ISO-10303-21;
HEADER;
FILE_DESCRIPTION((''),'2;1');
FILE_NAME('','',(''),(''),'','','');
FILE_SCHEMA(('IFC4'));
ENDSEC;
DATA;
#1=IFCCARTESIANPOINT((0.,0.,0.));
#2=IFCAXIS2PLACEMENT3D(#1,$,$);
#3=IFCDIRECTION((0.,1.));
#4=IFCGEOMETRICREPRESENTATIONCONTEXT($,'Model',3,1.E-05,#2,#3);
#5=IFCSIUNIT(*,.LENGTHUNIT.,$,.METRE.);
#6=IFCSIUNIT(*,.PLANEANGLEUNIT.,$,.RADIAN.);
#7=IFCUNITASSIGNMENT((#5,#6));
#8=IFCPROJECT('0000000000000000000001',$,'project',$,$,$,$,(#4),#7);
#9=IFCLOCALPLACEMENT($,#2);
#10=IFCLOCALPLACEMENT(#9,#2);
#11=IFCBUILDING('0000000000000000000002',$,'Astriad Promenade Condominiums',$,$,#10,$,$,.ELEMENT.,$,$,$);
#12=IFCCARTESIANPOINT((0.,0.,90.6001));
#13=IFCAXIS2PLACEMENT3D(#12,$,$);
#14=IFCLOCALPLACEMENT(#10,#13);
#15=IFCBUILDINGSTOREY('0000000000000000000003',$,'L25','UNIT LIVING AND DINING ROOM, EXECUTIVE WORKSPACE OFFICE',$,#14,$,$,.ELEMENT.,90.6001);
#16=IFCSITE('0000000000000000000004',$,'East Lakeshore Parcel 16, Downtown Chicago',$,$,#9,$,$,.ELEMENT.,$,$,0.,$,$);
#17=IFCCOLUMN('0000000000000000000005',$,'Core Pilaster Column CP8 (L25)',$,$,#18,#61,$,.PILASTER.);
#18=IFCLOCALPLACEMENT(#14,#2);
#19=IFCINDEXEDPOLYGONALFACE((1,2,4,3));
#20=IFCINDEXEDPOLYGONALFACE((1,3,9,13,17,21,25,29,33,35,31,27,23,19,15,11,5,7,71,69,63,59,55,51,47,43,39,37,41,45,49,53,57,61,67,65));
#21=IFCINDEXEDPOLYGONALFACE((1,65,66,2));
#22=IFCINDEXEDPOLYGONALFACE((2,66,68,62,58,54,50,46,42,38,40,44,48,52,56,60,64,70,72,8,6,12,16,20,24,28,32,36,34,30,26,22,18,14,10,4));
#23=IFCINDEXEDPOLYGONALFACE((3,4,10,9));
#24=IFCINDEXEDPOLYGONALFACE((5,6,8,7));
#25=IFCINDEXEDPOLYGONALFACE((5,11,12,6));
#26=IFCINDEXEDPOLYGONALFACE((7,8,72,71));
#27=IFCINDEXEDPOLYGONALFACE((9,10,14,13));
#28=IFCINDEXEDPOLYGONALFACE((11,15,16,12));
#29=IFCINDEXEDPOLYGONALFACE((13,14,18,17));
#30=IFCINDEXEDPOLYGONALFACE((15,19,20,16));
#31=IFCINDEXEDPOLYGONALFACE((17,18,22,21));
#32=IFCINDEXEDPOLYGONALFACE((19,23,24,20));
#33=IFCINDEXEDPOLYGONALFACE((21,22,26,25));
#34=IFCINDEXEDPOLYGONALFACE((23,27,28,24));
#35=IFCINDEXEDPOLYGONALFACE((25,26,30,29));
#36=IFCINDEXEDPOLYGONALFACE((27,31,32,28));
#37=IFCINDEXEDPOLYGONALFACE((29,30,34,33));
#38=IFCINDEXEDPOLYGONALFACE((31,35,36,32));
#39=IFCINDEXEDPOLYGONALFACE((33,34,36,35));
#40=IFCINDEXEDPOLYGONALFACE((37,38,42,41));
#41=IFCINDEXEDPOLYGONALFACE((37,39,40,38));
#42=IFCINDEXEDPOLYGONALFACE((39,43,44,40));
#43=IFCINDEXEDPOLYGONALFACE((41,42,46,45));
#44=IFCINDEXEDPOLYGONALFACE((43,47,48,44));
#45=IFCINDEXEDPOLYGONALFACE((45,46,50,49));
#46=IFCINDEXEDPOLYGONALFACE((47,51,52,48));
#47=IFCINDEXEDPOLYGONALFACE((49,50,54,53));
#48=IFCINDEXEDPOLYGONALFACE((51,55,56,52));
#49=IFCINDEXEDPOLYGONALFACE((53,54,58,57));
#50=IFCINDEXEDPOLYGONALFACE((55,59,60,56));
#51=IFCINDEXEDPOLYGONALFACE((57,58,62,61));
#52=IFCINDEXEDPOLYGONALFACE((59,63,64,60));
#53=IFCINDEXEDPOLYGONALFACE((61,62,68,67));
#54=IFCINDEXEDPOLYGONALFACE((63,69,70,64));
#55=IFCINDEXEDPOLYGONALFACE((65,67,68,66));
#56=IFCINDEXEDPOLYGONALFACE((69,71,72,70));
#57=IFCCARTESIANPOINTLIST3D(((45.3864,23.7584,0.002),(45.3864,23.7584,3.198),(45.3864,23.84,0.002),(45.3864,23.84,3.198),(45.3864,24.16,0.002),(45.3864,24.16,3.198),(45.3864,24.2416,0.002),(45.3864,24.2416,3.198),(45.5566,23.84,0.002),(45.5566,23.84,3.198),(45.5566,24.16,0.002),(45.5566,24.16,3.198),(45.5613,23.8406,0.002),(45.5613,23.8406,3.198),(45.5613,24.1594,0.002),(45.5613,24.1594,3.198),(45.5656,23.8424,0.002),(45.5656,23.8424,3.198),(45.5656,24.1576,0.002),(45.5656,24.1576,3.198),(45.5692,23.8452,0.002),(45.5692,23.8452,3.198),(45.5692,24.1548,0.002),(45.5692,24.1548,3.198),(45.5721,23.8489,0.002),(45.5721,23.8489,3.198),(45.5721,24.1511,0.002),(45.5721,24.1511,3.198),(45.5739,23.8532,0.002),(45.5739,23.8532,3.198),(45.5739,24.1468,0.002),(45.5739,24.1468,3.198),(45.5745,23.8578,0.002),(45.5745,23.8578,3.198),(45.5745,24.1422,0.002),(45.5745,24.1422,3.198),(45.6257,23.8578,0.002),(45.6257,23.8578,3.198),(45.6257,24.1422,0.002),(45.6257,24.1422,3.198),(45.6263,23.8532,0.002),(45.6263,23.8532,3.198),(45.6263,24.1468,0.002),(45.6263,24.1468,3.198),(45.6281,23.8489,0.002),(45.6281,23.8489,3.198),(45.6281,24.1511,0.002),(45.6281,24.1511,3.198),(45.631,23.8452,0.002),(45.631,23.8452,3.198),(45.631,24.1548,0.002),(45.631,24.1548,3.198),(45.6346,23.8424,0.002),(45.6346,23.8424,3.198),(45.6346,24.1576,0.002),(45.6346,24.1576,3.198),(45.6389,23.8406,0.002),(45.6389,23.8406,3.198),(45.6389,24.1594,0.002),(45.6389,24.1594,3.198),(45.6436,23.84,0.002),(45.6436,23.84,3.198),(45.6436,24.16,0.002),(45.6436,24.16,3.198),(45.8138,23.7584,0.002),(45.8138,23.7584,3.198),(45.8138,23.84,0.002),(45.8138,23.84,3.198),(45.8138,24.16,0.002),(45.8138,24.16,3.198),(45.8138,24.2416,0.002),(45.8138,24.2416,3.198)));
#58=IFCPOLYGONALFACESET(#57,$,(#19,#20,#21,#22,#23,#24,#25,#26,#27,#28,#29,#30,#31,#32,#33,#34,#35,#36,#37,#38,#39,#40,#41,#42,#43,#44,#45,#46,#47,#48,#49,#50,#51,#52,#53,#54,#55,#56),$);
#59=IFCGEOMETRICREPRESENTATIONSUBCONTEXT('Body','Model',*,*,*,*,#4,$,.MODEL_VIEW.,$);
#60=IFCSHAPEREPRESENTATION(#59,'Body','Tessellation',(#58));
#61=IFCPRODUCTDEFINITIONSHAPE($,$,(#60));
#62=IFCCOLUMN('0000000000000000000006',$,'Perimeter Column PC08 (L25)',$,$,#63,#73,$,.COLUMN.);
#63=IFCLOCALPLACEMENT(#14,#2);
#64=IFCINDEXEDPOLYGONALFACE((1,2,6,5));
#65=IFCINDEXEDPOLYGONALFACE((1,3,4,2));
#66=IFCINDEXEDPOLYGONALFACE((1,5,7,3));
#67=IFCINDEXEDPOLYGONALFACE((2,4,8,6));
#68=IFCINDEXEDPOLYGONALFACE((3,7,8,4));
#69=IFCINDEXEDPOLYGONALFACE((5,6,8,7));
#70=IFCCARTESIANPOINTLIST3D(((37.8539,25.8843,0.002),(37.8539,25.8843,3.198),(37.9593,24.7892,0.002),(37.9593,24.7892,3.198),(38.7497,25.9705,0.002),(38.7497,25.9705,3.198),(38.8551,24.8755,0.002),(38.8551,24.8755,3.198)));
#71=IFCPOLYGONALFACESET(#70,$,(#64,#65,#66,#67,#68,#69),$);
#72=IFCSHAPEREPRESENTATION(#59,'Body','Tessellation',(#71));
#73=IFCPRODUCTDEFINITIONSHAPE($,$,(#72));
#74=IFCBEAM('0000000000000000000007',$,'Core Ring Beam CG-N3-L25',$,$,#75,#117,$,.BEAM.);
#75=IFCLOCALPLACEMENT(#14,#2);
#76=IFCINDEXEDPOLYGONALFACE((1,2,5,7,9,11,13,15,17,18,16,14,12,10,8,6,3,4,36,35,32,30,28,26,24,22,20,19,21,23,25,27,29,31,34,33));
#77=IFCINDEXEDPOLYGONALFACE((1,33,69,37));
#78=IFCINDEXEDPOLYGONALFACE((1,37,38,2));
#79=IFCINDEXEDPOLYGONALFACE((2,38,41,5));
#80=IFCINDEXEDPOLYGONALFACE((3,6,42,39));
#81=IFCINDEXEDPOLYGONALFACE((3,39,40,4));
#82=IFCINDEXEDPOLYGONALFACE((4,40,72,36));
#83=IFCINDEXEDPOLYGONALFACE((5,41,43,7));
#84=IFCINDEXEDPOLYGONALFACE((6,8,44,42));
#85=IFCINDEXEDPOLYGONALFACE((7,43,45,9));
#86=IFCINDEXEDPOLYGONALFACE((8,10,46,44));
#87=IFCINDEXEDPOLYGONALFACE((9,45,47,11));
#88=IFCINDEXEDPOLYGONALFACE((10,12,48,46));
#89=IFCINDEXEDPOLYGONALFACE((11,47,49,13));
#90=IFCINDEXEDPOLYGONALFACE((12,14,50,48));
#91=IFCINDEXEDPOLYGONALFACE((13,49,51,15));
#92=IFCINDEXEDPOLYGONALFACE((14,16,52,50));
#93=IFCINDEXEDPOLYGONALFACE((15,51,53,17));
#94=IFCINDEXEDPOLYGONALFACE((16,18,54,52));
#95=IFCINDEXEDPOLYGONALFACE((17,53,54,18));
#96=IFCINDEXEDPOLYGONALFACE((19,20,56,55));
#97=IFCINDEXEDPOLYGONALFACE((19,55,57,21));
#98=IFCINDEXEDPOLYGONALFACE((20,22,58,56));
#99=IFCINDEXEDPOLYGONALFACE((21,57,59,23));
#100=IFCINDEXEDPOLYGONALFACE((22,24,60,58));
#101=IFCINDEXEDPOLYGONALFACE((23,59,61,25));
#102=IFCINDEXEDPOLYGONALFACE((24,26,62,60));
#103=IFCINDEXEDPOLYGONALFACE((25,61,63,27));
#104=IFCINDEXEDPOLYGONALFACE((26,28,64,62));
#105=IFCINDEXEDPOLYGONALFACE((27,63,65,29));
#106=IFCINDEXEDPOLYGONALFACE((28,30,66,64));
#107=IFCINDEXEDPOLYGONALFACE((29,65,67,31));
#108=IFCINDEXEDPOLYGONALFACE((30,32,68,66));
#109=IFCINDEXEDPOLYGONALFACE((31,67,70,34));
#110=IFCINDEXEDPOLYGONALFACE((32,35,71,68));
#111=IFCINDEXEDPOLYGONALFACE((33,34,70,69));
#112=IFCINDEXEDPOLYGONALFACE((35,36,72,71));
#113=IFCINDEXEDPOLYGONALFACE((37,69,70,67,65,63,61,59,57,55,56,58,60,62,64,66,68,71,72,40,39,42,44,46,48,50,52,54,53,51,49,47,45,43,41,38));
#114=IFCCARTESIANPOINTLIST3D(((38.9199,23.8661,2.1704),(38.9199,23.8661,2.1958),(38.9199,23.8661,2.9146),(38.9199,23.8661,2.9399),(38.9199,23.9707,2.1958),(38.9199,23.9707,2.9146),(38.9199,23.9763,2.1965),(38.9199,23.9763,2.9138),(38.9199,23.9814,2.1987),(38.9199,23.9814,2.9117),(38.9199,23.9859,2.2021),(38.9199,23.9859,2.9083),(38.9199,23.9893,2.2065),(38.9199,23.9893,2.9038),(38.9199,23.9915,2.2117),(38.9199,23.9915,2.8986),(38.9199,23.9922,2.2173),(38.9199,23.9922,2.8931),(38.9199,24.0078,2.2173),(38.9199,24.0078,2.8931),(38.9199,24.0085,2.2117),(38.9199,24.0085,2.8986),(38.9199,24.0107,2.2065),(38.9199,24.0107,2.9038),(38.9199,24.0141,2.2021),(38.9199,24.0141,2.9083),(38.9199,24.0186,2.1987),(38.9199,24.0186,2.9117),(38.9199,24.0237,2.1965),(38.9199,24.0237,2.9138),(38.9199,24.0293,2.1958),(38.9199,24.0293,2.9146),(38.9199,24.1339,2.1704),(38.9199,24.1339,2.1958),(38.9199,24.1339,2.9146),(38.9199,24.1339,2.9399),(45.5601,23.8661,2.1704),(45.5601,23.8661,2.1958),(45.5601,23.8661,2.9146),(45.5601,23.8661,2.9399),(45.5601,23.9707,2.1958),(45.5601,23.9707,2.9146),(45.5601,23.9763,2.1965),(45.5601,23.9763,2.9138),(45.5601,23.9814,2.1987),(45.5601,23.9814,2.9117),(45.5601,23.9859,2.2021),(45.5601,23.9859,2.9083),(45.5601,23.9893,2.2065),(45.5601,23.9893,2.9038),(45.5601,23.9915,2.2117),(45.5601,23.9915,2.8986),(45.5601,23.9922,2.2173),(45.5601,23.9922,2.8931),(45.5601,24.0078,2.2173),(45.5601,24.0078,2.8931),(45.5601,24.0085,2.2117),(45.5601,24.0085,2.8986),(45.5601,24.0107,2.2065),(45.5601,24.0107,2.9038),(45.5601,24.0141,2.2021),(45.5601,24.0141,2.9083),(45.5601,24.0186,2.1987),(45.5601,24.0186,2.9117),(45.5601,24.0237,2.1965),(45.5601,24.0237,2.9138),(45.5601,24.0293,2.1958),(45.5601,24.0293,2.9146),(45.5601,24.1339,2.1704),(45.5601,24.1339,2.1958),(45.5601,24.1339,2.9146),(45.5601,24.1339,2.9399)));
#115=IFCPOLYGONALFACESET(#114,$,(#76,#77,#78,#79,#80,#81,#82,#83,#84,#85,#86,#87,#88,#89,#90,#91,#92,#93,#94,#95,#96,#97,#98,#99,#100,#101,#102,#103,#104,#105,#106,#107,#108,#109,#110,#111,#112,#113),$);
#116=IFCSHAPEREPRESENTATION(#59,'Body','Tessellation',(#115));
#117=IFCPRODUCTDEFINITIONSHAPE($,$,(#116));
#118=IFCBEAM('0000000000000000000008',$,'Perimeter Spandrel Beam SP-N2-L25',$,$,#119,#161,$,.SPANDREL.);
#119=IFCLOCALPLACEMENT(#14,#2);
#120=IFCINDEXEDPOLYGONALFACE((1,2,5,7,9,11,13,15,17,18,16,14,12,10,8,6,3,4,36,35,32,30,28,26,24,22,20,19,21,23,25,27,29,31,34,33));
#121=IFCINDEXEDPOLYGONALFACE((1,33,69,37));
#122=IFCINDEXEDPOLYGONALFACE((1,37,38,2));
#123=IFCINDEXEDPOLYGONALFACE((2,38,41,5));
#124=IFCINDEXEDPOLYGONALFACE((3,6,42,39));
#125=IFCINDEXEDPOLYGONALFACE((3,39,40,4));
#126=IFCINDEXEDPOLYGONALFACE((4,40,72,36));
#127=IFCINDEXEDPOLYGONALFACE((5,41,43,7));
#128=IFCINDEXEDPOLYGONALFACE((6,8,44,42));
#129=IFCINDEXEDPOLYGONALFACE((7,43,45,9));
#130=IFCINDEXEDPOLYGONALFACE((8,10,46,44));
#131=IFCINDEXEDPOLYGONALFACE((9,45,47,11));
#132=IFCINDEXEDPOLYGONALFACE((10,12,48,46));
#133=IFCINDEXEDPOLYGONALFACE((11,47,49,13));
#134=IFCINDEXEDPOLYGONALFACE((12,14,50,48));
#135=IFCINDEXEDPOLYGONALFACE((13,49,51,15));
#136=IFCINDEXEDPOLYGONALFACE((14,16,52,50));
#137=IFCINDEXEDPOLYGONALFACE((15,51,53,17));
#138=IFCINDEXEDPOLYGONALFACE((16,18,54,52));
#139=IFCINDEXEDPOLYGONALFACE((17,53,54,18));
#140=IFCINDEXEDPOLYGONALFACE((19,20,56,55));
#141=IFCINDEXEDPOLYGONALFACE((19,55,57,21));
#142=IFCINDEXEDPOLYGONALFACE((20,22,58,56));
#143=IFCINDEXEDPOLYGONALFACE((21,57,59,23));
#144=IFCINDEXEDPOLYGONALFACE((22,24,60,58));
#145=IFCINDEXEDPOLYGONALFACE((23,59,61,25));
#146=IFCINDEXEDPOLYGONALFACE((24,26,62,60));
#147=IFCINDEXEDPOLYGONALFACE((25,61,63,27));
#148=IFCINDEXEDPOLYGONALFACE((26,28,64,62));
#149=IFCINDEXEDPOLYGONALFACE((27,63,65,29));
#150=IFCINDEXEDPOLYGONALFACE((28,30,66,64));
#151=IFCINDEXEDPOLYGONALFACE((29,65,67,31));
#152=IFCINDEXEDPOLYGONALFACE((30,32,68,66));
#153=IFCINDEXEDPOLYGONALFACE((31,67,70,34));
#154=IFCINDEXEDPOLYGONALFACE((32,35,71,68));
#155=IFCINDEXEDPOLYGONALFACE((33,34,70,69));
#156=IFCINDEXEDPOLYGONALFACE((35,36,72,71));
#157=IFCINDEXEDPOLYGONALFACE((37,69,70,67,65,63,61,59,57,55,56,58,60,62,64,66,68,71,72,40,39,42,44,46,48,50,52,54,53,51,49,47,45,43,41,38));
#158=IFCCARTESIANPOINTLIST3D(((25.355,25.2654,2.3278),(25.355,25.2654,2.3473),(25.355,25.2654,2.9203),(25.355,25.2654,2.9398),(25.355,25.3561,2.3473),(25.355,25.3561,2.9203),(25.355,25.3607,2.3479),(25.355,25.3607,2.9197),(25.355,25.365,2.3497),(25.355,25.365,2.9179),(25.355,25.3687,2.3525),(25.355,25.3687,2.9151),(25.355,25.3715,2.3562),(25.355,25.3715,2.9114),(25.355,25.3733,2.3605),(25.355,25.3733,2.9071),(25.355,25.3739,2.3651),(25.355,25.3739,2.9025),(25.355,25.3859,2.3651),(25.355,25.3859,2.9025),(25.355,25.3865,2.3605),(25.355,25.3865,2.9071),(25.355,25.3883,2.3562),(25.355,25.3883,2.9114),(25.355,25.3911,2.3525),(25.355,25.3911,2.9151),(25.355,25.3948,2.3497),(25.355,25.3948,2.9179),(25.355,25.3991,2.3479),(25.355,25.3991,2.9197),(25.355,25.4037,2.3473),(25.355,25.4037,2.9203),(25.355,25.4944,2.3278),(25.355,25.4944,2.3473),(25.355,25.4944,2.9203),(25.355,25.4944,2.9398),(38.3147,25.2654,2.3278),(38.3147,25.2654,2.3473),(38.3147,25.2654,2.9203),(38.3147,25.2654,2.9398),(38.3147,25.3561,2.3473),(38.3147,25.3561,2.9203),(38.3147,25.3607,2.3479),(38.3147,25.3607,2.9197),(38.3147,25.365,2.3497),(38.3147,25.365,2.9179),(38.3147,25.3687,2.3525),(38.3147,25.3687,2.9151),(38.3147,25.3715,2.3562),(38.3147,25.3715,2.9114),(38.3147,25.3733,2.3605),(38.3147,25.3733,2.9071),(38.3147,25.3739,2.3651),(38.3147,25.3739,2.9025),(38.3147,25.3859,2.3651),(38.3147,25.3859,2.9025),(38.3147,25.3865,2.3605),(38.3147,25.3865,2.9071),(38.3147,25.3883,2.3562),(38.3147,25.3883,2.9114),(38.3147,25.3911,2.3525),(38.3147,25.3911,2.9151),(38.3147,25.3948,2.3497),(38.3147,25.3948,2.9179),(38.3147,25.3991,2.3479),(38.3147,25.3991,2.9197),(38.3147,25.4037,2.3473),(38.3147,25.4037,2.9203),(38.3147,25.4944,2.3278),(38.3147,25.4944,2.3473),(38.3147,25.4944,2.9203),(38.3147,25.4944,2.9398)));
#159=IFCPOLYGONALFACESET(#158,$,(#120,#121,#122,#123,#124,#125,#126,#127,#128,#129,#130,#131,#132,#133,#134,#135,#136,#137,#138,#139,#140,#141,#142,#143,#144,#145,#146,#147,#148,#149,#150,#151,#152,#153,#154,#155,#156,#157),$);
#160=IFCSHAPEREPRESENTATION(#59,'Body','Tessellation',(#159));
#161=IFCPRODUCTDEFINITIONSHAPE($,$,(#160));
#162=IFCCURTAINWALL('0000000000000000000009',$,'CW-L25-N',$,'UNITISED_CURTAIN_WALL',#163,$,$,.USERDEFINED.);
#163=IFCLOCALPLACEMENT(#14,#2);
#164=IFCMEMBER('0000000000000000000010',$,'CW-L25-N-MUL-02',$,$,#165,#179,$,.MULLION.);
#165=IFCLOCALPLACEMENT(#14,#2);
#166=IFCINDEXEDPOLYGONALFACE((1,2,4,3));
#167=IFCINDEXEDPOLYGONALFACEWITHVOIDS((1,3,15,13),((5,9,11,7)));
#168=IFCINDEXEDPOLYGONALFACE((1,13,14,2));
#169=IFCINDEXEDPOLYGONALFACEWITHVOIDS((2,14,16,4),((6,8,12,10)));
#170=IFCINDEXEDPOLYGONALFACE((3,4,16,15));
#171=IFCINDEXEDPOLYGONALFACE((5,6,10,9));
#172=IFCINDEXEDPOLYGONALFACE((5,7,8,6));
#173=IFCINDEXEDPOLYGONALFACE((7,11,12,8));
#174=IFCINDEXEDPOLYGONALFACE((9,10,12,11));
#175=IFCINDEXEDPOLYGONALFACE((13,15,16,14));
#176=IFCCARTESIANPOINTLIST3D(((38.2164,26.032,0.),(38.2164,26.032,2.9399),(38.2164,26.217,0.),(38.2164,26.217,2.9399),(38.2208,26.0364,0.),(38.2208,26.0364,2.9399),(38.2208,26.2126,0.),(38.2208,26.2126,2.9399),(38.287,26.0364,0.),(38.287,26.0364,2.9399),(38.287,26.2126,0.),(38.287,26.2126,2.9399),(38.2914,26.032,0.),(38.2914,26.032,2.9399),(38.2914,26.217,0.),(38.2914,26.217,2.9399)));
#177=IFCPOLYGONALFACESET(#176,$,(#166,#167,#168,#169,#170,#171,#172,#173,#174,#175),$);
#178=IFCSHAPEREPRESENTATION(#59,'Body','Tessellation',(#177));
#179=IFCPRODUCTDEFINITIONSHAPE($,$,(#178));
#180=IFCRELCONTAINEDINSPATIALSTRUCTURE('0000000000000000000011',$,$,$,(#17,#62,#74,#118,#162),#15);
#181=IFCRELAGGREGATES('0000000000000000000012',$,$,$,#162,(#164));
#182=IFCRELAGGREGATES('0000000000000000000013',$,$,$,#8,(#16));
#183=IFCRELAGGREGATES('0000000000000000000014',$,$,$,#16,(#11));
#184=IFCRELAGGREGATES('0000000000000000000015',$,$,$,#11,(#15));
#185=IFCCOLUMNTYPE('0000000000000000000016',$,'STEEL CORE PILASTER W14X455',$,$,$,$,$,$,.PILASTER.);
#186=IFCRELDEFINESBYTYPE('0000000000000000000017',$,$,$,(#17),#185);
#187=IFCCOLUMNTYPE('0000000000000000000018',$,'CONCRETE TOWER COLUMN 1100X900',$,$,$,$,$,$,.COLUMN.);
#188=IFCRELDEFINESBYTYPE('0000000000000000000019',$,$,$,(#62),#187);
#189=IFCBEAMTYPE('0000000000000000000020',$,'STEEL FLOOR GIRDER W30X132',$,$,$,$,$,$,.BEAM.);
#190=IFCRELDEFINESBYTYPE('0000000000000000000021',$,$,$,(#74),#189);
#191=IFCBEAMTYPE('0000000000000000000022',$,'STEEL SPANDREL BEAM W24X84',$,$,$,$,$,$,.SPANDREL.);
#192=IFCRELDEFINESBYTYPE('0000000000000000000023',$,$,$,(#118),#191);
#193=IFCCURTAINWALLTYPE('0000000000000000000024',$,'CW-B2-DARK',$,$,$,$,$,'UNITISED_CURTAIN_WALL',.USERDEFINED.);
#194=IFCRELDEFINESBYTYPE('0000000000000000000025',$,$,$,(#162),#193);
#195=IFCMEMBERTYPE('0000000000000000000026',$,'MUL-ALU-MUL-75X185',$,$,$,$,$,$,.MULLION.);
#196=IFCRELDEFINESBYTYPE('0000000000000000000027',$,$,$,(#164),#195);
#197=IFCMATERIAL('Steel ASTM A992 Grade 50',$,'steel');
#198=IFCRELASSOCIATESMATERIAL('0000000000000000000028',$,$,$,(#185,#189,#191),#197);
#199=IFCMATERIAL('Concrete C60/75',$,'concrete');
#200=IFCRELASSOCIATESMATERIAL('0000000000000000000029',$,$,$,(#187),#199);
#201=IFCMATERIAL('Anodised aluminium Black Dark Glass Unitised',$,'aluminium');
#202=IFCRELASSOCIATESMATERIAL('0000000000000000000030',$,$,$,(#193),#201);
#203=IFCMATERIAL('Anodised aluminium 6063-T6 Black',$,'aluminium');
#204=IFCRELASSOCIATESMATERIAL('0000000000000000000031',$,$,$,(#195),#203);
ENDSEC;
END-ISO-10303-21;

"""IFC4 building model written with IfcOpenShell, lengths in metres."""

from ifc_helpers import new_model, si_unit, direction, frame, origin, origin_2d, place, context, subcontext, project, spatial, rectangle, hollow_rectangle, i_section, extrude, source, transform, mapped, material, material_profile, profile_set, type_object, type_shapes, element, aggregate, save


model = new_model("IFC4")

# Units and contexts
model_context = context("Model", 3, precision=1e-05, world=origin(), true_north=direction((0.0, 1.0)))
body_context = subcontext(model_context, "Body", "Model", "MODEL_VIEW")
ifc_project = project(units=[si_unit("LENGTHUNIT", "METRE"), si_unit("PLANEANGLEUNIT", "RADIAN")], contexts=[model_context])

# Site, building, storey
site_placement = place(None, origin())
site = spatial("IfcSite", under=ifc_project, at=site_placement, Name="East Lakeshore Parcel 16, Downtown Chicago", CompositionType="ELEMENT", RefElevation=0.0)
building_placement = place(site_placement, origin())
building = spatial("IfcBuilding", under=site, at=building_placement, Name="Astriad Promenade Condominiums", CompositionType="ELEMENT")
storey_placement = place(building_placement, frame((0.0, 0.0, 90.6001)))
storey = spatial("IfcBuildingStorey", under=building, at=storey_placement, Name="L25", Description="UNIT LIVING AND DINING ROOM, EXECUTIVE WORKSPACE OFFICE", CompositionType="ELEMENT", Elevation=90.6001)

# Columns
ifc_material_1 = material(Name="Steel ASTM A992 Grade 50", Category="steel")
ifc_material_profile_1 = material_profile(ifc_material_1, i_section(OverallWidth=0.4275, OverallDepth=0.4832, WebThickness=0.0513, FlangeThickness=0.0815, FilletRadius=0.0178, at=origin_2d()), Name="W14X455")
ifc_profile_set_1 = profile_set([ifc_material_profile_1], Name="Steel ASTM A992 Grade 50")
column_type_1 = type_object("IfcColumnType", Name="STEEL CORE PILASTER W14X455", PredefinedType="PILASTER", material=ifc_profile_set_1)
shared_shape_1 = source(origin(), body_context, "Body", "SweptSolid", [
    extrude(i_section(OverallWidth=0.4275, OverallDepth=0.4832, WebThickness=0.0513, FlangeThickness=0.0815, FilletRadius=0.0178, at=origin_2d()), origin(), (0.0, 0.0, 1.0), 3.196),
])
type_shapes(column_type_1, [shared_shape_1])
column_1_placement = place(storey_placement, frame((45.6001, 24.0, 0.002), z_axis=(0.0, 0.0, 1.0), x_axis=(1.0, 0.0, 0.0)))
element("IfcColumn", 1, at=column_1_placement, inside=storey, type_object=column_type_1, Name="Core Pilaster Column CP8 (L25)", PredefinedType="PILASTER", context=body_context, shape_type="MappedRepresentation", body=[
    mapped(shared_shape_1, transform((0.0, 0.0, 0.0), scale=1.0)),
])
ifc_material_2 = material(Name="Concrete C60/75", Category="concrete")
ifc_material_profile_2 = material_profile(ifc_material_2, rectangle(XDim=0.8999, YDim=1.1001, at=origin_2d()), Name="RC-COL-1100X900")
ifc_profile_set_2 = profile_set([ifc_material_profile_2], Name="Concrete C60/75")
column_type_2 = type_object("IfcColumnType", Name="CONCRETE TOWER COLUMN 1100X900", PredefinedType="COLUMN", material=ifc_profile_set_2)
shared_shape_2 = source(origin(), body_context, "Body", "SweptSolid", [
    extrude(rectangle(XDim=0.8999, YDim=1.1001, at=origin_2d()), origin(), (0.0, 0.0, 1.0), 3.196),
])
type_shapes(column_type_2, [shared_shape_2])
column_2_placement = place(storey_placement, frame((38.3545, 25.3799, 0.002), z_axis=(0.0, 0.0, 1.0), x_axis=(0.995396, 0.095846, 0.0)))
element("IfcColumn", 2, at=column_2_placement, inside=storey, type_object=column_type_2, Name="Perimeter Column PC08 (L25)", PredefinedType="COLUMN", context=body_context, shape_type="MappedRepresentation", body=[
    mapped(shared_shape_2, transform((0.0, 0.0, 0.0), scale=1.0)),
])

# Beams
ifc_material_profile_3 = material_profile(ifc_material_1, i_section(OverallWidth=0.2678, OverallDepth=0.7695, WebThickness=0.0156, FlangeThickness=0.0254, FilletRadius=0.0215, at=origin_2d()), Name="W30X132")
ifc_profile_set_3 = profile_set([ifc_material_profile_3], Name="Steel ASTM A992 Grade 50")
beam_type_1 = type_object("IfcBeamType", Name="STEEL FLOOR GIRDER W30X132", PredefinedType="BEAM", material=ifc_profile_set_3)
shared_shape_3 = source(origin(), body_context, "Body", "SweptSolid", [
    extrude(i_section(OverallWidth=0.2678, OverallDepth=0.7695, WebThickness=0.0156, FlangeThickness=0.0254, FilletRadius=0.0215, at=origin_2d()), origin(), (0.0, 0.0, 1.0), 6.6401),
])
type_shapes(beam_type_1, [shared_shape_3])
beam_1_placement = place(storey_placement, frame((38.9199, 24.0, 2.5552), z_axis=(1.0, 0.0, 0.0), x_axis=(0.0, 1.0, 0.0)))
element("IfcBeam", 3, at=beam_1_placement, inside=storey, type_object=beam_type_1, Name="Core Ring Beam CG-N3-L25", PredefinedType="BEAM", context=body_context, shape_type="MappedRepresentation", body=[
    mapped(shared_shape_3, transform((0.0, 0.0, 0.0), scale=1.0)),
])
ifc_material_profile_4 = material_profile(ifc_material_1, i_section(OverallWidth=0.229, OverallDepth=0.6121, WebThickness=0.012, FlangeThickness=0.0195, FilletRadius=0.0178, at=origin_2d()), Name="W24X84")
ifc_profile_set_4 = profile_set([ifc_material_profile_4], Name="Steel ASTM A992 Grade 50")
beam_type_2 = type_object("IfcBeamType", Name="STEEL SPANDREL BEAM W24X84", PredefinedType="SPANDREL", material=ifc_profile_set_4)
shared_shape_4 = source(origin(), body_context, "Body", "SweptSolid", [
    extrude(i_section(OverallWidth=0.229, OverallDepth=0.6121, WebThickness=0.012, FlangeThickness=0.0195, FilletRadius=0.0178, at=origin_2d()), origin(), (0.0, 0.0, 1.0), 12.9597),
])
type_shapes(beam_type_2, [shared_shape_4])
beam_2_placement = place(storey_placement, frame((38.3147, 25.3799, 2.6338), z_axis=(-1.0, 0.0, 0.0), x_axis=(0.0, -1.0, 0.0)))
element("IfcBeam", 4, at=beam_2_placement, inside=storey, type_object=beam_type_2, Name="Perimeter Spandrel Beam SP-N2-L25", PredefinedType="SPANDREL", context=body_context, shape_type="MappedRepresentation", body=[
    mapped(shared_shape_4, transform((0.0, 0.0, 0.0), scale=1.0)),
])

# Curtain wall, member
ifc_material_3 = material(Name="Anodised aluminium Black Dark Glass Unitised", Category="aluminium")
curtain_wall_type = type_object("IfcCurtainWallType", Name="CW-B2-DARK", ElementType="UNITISED_CURTAIN_WALL", PredefinedType="USERDEFINED", material=ifc_material_3)
curtain_wall_placement = place(storey_placement, origin())
curtain_wall = element("IfcCurtainWall", 5, at=curtain_wall_placement, inside=storey, type_object=curtain_wall_type, Name="CW-L25-N", ObjectType="UNITISED_CURTAIN_WALL", PredefinedType="USERDEFINED")
ifc_material_4 = material(Name="Anodised aluminium 6063-T6 Black", Category="aluminium")
ifc_material_profile_5 = material_profile(ifc_material_4, hollow_rectangle(XDim=0.075, YDim=0.1851, WallThickness=0.0044, at=origin_2d()), Name="ALU-MUL-75X185")
ifc_profile_set_5 = profile_set([ifc_material_profile_5], Name="Anodised aluminium 6063-T6 Black")
member_type_1 = type_object("IfcMemberType", Name="MUL-ALU-MUL-75X185", PredefinedType="MULLION", material=ifc_profile_set_5)
shared_shape_5 = source(origin(), body_context, "Body", "SweptSolid", [
    extrude(hollow_rectangle(XDim=0.075, YDim=0.1851, WallThickness=0.0044, at=origin_2d()), origin(), (0.0, 0.0, 1.0), 2.9399),
])
type_shapes(member_type_1, [shared_shape_5])
member_1_placement = place(storey_placement, frame((38.2539, 26.1245, 0.0), z_axis=(0.0, 0.0, 1.0), x_axis=(1.0, 0.0, 0.0)))
member_1 = element("IfcMember", 6, at=member_1_placement, type_object=member_type_1, Name="CW-L25-N-MUL-02", PredefinedType="MULLION", context=body_context, shape_type="MappedRepresentation", body=[
    mapped(shared_shape_5, transform((0.0, 0.0, 0.0), scale=1.0)),
])
aggregate(curtain_wall, [member_1])

save(model, "model.ifc")
